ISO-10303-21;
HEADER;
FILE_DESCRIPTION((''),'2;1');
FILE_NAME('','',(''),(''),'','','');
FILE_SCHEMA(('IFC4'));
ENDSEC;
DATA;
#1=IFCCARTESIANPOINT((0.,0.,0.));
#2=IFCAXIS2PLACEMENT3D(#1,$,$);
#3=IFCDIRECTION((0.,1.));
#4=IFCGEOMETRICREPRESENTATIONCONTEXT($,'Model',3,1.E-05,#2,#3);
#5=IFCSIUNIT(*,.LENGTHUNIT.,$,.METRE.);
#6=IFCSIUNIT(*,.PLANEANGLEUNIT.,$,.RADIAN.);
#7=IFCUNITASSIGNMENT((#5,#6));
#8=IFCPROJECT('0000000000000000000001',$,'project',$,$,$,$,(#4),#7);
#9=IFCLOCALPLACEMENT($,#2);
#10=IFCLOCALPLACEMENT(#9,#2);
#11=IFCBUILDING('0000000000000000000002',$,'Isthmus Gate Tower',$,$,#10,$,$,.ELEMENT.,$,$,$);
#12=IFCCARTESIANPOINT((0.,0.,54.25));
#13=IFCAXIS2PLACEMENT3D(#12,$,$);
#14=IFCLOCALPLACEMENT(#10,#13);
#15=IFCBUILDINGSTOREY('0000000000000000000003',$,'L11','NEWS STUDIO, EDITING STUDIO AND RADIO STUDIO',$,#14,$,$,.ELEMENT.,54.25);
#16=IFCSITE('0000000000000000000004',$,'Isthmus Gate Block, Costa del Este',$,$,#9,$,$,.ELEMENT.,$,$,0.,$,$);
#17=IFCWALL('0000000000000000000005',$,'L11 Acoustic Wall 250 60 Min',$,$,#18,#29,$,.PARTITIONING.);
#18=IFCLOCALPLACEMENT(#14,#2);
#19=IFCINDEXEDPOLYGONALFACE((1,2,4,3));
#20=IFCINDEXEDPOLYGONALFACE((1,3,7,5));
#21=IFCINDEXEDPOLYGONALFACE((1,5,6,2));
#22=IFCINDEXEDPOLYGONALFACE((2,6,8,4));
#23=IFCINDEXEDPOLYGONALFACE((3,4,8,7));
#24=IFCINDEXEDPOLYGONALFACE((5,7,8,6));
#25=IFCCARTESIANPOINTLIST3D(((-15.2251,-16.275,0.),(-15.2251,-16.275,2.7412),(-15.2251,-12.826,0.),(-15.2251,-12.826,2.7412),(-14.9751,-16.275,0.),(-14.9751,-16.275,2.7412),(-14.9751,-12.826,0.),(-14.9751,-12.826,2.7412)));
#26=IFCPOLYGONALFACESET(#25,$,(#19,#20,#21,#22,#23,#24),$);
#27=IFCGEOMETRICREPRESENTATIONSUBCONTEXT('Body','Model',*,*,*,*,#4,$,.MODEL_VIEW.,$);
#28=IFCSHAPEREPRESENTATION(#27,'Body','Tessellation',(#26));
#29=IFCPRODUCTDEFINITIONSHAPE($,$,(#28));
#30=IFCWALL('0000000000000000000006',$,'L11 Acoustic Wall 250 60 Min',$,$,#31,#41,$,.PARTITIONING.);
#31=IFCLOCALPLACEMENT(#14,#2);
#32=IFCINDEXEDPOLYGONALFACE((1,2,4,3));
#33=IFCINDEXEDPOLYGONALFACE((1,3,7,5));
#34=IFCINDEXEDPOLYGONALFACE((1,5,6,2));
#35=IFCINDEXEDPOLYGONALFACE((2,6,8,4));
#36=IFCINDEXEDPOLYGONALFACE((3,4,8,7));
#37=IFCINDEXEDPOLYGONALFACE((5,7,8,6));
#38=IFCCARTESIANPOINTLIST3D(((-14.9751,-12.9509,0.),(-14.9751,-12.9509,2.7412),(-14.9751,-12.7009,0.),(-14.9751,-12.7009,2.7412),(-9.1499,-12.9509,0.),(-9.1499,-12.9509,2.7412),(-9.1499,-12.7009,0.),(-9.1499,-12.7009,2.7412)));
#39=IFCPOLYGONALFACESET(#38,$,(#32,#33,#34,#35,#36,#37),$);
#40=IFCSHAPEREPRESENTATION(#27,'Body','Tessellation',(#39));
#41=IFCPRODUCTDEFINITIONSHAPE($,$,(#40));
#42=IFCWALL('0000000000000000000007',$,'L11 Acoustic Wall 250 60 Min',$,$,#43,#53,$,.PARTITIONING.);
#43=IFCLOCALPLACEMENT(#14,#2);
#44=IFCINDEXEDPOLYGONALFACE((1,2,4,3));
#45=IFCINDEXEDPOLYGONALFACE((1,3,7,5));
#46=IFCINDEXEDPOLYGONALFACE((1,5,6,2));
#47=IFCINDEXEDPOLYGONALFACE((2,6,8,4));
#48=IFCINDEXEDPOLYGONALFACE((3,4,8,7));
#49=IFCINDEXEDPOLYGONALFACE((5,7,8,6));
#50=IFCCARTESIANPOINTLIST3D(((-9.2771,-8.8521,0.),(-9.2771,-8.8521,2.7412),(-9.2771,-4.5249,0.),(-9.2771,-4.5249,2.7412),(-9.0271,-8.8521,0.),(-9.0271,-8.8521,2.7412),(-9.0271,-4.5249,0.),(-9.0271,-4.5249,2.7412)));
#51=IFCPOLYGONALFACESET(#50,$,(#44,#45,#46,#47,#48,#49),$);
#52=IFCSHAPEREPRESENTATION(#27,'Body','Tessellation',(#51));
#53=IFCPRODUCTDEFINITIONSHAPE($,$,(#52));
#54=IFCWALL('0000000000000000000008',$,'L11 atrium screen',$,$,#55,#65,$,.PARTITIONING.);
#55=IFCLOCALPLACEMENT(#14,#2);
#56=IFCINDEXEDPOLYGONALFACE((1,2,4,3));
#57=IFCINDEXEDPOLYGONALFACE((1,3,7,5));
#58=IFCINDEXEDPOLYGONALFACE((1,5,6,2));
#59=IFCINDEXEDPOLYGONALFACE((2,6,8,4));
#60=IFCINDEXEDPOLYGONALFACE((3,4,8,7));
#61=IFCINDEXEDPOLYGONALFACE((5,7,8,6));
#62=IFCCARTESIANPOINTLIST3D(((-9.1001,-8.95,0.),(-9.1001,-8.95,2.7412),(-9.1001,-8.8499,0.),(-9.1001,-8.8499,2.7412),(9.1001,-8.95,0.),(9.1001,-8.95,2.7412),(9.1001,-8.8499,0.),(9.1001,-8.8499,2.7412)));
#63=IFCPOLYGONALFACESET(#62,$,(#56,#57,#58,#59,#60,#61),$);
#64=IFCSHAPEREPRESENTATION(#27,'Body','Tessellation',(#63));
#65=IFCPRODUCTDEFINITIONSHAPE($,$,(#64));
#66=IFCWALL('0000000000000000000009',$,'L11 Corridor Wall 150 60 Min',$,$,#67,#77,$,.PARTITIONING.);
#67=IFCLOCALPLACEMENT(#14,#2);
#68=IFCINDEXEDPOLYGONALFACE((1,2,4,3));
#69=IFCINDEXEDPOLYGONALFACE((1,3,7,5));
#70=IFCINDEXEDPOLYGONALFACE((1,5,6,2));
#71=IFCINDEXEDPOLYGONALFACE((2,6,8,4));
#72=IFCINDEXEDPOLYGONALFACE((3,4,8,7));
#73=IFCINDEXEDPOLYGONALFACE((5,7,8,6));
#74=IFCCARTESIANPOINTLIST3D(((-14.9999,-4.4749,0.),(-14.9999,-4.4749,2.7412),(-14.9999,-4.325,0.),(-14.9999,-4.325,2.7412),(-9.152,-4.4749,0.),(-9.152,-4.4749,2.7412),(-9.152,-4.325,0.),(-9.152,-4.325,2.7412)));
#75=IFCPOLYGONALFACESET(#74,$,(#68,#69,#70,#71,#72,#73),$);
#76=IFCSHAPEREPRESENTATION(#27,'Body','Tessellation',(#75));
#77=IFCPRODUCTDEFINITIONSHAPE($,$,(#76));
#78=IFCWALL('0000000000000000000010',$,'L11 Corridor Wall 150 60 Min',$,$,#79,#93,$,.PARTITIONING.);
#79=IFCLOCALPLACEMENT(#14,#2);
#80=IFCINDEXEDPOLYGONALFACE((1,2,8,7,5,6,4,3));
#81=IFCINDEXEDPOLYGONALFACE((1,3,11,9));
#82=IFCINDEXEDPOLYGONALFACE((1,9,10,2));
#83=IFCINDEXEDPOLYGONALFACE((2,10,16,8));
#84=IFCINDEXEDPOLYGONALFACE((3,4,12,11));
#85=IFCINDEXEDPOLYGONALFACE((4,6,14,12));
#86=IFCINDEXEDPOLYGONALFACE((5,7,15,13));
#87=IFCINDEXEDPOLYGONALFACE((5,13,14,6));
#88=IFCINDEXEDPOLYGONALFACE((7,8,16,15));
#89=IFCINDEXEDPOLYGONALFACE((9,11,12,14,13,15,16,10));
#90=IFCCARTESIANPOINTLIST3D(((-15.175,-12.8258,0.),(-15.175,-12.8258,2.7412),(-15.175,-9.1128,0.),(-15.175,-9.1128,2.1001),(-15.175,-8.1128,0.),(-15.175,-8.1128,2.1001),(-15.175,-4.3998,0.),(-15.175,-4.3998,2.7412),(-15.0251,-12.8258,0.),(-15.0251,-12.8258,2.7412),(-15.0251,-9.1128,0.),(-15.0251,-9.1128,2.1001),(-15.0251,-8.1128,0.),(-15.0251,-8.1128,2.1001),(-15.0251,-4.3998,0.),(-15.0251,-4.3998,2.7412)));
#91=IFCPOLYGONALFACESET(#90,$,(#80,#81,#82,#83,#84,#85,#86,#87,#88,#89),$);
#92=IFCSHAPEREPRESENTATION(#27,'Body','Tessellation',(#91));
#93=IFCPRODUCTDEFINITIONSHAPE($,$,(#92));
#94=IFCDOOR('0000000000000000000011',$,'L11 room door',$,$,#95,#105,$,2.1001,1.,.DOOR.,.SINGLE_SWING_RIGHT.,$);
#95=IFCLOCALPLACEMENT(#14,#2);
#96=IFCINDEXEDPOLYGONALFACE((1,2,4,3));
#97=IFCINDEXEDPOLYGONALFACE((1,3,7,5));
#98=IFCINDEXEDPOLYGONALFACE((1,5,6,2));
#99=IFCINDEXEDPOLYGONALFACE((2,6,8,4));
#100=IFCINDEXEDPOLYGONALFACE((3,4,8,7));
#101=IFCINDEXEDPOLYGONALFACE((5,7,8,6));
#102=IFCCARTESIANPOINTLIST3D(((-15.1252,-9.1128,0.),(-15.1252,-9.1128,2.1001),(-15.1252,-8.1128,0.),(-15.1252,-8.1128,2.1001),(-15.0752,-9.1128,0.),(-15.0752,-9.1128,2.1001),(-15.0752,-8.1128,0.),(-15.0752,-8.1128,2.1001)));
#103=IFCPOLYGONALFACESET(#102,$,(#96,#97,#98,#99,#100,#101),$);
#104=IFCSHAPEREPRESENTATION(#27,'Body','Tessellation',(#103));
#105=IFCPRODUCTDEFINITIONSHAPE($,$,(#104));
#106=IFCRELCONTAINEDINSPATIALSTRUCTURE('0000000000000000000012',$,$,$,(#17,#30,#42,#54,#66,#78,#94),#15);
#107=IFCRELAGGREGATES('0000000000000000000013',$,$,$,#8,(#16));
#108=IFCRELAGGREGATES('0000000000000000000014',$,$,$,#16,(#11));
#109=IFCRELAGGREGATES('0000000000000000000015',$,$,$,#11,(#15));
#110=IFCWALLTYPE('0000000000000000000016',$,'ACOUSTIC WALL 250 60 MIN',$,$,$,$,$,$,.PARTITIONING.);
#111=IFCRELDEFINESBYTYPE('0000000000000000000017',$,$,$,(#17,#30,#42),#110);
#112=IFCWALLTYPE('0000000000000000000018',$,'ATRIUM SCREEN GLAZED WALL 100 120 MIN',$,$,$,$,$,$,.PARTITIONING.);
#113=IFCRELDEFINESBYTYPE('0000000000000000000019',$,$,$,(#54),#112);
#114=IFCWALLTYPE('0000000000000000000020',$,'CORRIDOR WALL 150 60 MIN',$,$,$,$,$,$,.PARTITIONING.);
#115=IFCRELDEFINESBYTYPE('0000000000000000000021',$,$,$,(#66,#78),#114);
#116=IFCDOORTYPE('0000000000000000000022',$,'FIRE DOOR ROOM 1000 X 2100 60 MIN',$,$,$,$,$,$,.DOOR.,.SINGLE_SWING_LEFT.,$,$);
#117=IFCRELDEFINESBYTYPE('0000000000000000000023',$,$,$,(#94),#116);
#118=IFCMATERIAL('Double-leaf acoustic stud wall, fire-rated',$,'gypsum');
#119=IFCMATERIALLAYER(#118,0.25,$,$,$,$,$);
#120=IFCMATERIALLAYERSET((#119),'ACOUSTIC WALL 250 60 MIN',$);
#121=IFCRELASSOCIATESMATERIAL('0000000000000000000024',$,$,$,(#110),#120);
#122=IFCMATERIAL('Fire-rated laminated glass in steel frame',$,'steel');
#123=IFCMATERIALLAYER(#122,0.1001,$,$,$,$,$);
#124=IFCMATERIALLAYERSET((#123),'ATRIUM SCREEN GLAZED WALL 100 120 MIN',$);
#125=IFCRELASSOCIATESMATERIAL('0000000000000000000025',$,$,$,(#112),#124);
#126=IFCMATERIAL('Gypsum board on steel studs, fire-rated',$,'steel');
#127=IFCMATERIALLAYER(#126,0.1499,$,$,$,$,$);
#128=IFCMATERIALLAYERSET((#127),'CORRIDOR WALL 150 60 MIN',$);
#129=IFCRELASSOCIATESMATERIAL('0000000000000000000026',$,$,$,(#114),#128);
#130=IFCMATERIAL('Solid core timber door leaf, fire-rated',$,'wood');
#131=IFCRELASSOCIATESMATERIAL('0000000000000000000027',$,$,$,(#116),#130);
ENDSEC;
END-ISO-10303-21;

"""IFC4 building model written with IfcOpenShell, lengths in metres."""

from ifc_helpers import new_model, si_unit, direction, frame, frame_2d, origin, place, context, subcontext, project, spatial, rectangle, extrude, material, layer, layer_set, type_object, element, fill, save


model = new_model("IFC4")

# Units and contexts
model_context = context("Model", 3, precision=1e-05, world=origin(), true_north=direction((0.0, 1.0)))
body_context = subcontext(model_context, "Body", "Model", "MODEL_VIEW")
ifc_project = project(units=[si_unit("LENGTHUNIT", "METRE"), si_unit("PLANEANGLEUNIT", "RADIAN")], contexts=[model_context])

# Site, building, storey
site_placement = place(None, origin())
site = spatial("IfcSite", under=ifc_project, at=site_placement, Name="Isthmus Gate Block, Costa del Este", CompositionType="ELEMENT", RefElevation=0.0)
building_placement = place(site_placement, origin())
building = spatial("IfcBuilding", under=site, at=building_placement, Name="Isthmus Gate Tower", CompositionType="ELEMENT")
storey_placement = place(building_placement, frame((0.0, 0.0, 54.25)))
storey = spatial("IfcBuildingStorey", under=building, at=storey_placement, Name="L11", Description="NEWS STUDIO, EDITING STUDIO AND RADIO STUDIO", CompositionType="ELEMENT", Elevation=54.25)

# Walls
ifc_material_1 = material(Name="Double-leaf acoustic stud wall, fire-rated", Category="gypsum")
ifc_layer_1 = layer(ifc_material_1, 0.25)
ifc_layer_set_1 = layer_set([ifc_layer_1], Name="ACOUSTIC WALL 250 60 MIN")
wall_type_1 = type_object("IfcWallType", Name="ACOUSTIC WALL 250 60 MIN", PredefinedType="PARTITIONING", material=ifc_layer_set_1)
wall_1_placement = place(storey_placement, frame((-15.1001, -12.8259, 0.0), z_axis=(0.0, 0.0, 1.0), x_axis=(0.0, -1.0, 0.0)))
element("IfcWall", 1, at=wall_1_placement, inside=storey, type_object=wall_type_1, Name="L11 Acoustic Wall 250 60 Min", PredefinedType="PARTITIONING", context=body_context, shape_type="SweptSolid", body=[
    extrude(rectangle(XDim=3.449, YDim=0.25, at=frame_2d((1.7246, 0.0))), origin(), (0.0, 0.0, 1.0), 2.7412),
])
wall_2_placement = place(storey_placement, frame((-14.9751, -12.8259, 0.0), z_axis=(0.0, 0.0, 1.0), x_axis=(1.0, 0.0, 0.0)))
element("IfcWall", 2, at=wall_2_placement, inside=storey, type_object=wall_type_1, Name="L11 Acoustic Wall 250 60 Min", PredefinedType="PARTITIONING", context=body_context, shape_type="SweptSolid", body=[
    extrude(rectangle(XDim=5.8252, YDim=0.25, at=frame_2d((2.9126, 0.0))), origin(), (0.0, 0.0, 1.0), 2.7412),
])
wall_3_placement = place(storey_placement, frame((-9.1521, -8.8521, 0.0), z_axis=(0.0, 0.0, 1.0), x_axis=(0.0, 1.0, 0.0)))
element("IfcWall", 3, at=wall_3_placement, inside=storey, type_object=wall_type_1, Name="L11 Acoustic Wall 250 60 Min", PredefinedType="PARTITIONING", context=body_context, shape_type="SweptSolid", body=[
    extrude(rectangle(XDim=4.3271, YDim=0.25, at=frame_2d((2.1636, 0.0))), origin(), (0.0, 0.0, 1.0), 2.7412),
])
ifc_material_2 = material(Name="Fire-rated laminated glass in steel frame", Category="steel")
ifc_layer_2 = layer(ifc_material_2, 0.1001)
ifc_layer_set_2 = layer_set([ifc_layer_2], Name="ATRIUM SCREEN GLAZED WALL 100 120 MIN")
wall_type_2 = type_object("IfcWallType", Name="ATRIUM SCREEN GLAZED WALL 100 120 MIN", PredefinedType="PARTITIONING", material=ifc_layer_set_2)
wall_4_placement = place(storey_placement, frame((-9.1001, -8.8999, 0.0), z_axis=(0.0, 0.0, 1.0), x_axis=(1.0, 0.0, 0.0)))
element("IfcWall", 4, at=wall_4_placement, inside=storey, type_object=wall_type_2, Name="L11 atrium screen", PredefinedType="PARTITIONING", context=body_context, shape_type="SweptSolid", body=[
    extrude(rectangle(XDim=18.2002, YDim=0.1001, at=frame_2d((9.1001, 0.0))), origin(), (0.0, 0.0, 1.0), 2.7412),
])
ifc_material_3 = material(Name="Gypsum board on steel studs, fire-rated", Category="steel")
ifc_layer_3 = layer(ifc_material_3, 0.1499)
ifc_layer_set_3 = layer_set([ifc_layer_3], Name="CORRIDOR WALL 150 60 MIN")
wall_type_3 = type_object("IfcWallType", Name="CORRIDOR WALL 150 60 MIN", PredefinedType="PARTITIONING", material=ifc_layer_set_3)
wall_5_placement = place(storey_placement, frame((-9.1521, -4.3999, 0.0), z_axis=(0.0, 0.0, 1.0), x_axis=(-1.0, 0.0, 0.0)))
element("IfcWall", 5, at=wall_5_placement, inside=storey, type_object=wall_type_3, Name="L11 Corridor Wall 150 60 Min", PredefinedType="PARTITIONING", context=body_context, shape_type="SweptSolid", body=[
    extrude(rectangle(XDim=5.8479, YDim=0.1499, at=frame_2d((2.9238, 0.0))), origin(), (0.0, 0.0, 1.0), 2.7412),
])

# Wall, opening, door
wall_6_placement = place(storey_placement, frame((-15.1001, -4.3999, 0.0), z_axis=(0.0, 0.0, 1.0), x_axis=(0.0, -1.0, 0.0)))
wall_6 = element("IfcWall", 6, at=wall_6_placement, inside=storey, type_object=wall_type_3, Name="L11 Corridor Wall 150 60 Min", PredefinedType="PARTITIONING", context=body_context, shape_type="SweptSolid", body=[
    extrude(rectangle(XDim=8.426, YDim=0.1499, at=frame_2d((4.2129, 0.0))), origin(), (0.0, 0.0, 1.0), 2.7412),
])
opening_placement = place(wall_6_placement, frame((3.7129, 0.0, 0.0)))
opening = element("IfcOpeningElement", 7, at=opening_placement, cuts=wall_6, PredefinedType="OPENING", context=body_context, shape_type="SweptSolid", body=[
    extrude(rectangle(XDim=1.0, YDim=2.1001, at=frame_2d((0.5, 1.05))), frame((0.0, 0.085, 0.0), z_axis=(0.0, -1.0, 0.0), x_axis=(1.0, 0.0, 0.0)), (0.0, 0.0, 1.0), 0.1699),
])
ifc_material_4 = material(Name="Solid core timber door leaf, fire-rated", Category="wood")
door_type = type_object("IfcDoorType", Name="FIRE DOOR ROOM 1000 X 2100 60 MIN", OperationType="SINGLE_SWING_LEFT", PredefinedType="DOOR", material=ifc_material_4)
door_placement = place(opening_placement, origin())
door = element("IfcDoor", 8, at=door_placement, inside=storey, type_object=door_type, Name="L11 room door", OperationType="SINGLE_SWING_RIGHT", OverallHeight=2.1001, OverallWidth=1.0, PredefinedType="DOOR", context=body_context, shape_type="SweptSolid", body=[
    extrude(rectangle(XDim=1.0, YDim=2.1001, at=frame_2d((0.5, 1.05))), frame((0.0, 0.0249, 0.0), z_axis=(0.0, -1.0, 0.0), x_axis=(1.0, 0.0, 0.0)), (0.0, 0.0, 1.0), 0.05),
])
fill(opening, door)

save(model, "model.ifc")
